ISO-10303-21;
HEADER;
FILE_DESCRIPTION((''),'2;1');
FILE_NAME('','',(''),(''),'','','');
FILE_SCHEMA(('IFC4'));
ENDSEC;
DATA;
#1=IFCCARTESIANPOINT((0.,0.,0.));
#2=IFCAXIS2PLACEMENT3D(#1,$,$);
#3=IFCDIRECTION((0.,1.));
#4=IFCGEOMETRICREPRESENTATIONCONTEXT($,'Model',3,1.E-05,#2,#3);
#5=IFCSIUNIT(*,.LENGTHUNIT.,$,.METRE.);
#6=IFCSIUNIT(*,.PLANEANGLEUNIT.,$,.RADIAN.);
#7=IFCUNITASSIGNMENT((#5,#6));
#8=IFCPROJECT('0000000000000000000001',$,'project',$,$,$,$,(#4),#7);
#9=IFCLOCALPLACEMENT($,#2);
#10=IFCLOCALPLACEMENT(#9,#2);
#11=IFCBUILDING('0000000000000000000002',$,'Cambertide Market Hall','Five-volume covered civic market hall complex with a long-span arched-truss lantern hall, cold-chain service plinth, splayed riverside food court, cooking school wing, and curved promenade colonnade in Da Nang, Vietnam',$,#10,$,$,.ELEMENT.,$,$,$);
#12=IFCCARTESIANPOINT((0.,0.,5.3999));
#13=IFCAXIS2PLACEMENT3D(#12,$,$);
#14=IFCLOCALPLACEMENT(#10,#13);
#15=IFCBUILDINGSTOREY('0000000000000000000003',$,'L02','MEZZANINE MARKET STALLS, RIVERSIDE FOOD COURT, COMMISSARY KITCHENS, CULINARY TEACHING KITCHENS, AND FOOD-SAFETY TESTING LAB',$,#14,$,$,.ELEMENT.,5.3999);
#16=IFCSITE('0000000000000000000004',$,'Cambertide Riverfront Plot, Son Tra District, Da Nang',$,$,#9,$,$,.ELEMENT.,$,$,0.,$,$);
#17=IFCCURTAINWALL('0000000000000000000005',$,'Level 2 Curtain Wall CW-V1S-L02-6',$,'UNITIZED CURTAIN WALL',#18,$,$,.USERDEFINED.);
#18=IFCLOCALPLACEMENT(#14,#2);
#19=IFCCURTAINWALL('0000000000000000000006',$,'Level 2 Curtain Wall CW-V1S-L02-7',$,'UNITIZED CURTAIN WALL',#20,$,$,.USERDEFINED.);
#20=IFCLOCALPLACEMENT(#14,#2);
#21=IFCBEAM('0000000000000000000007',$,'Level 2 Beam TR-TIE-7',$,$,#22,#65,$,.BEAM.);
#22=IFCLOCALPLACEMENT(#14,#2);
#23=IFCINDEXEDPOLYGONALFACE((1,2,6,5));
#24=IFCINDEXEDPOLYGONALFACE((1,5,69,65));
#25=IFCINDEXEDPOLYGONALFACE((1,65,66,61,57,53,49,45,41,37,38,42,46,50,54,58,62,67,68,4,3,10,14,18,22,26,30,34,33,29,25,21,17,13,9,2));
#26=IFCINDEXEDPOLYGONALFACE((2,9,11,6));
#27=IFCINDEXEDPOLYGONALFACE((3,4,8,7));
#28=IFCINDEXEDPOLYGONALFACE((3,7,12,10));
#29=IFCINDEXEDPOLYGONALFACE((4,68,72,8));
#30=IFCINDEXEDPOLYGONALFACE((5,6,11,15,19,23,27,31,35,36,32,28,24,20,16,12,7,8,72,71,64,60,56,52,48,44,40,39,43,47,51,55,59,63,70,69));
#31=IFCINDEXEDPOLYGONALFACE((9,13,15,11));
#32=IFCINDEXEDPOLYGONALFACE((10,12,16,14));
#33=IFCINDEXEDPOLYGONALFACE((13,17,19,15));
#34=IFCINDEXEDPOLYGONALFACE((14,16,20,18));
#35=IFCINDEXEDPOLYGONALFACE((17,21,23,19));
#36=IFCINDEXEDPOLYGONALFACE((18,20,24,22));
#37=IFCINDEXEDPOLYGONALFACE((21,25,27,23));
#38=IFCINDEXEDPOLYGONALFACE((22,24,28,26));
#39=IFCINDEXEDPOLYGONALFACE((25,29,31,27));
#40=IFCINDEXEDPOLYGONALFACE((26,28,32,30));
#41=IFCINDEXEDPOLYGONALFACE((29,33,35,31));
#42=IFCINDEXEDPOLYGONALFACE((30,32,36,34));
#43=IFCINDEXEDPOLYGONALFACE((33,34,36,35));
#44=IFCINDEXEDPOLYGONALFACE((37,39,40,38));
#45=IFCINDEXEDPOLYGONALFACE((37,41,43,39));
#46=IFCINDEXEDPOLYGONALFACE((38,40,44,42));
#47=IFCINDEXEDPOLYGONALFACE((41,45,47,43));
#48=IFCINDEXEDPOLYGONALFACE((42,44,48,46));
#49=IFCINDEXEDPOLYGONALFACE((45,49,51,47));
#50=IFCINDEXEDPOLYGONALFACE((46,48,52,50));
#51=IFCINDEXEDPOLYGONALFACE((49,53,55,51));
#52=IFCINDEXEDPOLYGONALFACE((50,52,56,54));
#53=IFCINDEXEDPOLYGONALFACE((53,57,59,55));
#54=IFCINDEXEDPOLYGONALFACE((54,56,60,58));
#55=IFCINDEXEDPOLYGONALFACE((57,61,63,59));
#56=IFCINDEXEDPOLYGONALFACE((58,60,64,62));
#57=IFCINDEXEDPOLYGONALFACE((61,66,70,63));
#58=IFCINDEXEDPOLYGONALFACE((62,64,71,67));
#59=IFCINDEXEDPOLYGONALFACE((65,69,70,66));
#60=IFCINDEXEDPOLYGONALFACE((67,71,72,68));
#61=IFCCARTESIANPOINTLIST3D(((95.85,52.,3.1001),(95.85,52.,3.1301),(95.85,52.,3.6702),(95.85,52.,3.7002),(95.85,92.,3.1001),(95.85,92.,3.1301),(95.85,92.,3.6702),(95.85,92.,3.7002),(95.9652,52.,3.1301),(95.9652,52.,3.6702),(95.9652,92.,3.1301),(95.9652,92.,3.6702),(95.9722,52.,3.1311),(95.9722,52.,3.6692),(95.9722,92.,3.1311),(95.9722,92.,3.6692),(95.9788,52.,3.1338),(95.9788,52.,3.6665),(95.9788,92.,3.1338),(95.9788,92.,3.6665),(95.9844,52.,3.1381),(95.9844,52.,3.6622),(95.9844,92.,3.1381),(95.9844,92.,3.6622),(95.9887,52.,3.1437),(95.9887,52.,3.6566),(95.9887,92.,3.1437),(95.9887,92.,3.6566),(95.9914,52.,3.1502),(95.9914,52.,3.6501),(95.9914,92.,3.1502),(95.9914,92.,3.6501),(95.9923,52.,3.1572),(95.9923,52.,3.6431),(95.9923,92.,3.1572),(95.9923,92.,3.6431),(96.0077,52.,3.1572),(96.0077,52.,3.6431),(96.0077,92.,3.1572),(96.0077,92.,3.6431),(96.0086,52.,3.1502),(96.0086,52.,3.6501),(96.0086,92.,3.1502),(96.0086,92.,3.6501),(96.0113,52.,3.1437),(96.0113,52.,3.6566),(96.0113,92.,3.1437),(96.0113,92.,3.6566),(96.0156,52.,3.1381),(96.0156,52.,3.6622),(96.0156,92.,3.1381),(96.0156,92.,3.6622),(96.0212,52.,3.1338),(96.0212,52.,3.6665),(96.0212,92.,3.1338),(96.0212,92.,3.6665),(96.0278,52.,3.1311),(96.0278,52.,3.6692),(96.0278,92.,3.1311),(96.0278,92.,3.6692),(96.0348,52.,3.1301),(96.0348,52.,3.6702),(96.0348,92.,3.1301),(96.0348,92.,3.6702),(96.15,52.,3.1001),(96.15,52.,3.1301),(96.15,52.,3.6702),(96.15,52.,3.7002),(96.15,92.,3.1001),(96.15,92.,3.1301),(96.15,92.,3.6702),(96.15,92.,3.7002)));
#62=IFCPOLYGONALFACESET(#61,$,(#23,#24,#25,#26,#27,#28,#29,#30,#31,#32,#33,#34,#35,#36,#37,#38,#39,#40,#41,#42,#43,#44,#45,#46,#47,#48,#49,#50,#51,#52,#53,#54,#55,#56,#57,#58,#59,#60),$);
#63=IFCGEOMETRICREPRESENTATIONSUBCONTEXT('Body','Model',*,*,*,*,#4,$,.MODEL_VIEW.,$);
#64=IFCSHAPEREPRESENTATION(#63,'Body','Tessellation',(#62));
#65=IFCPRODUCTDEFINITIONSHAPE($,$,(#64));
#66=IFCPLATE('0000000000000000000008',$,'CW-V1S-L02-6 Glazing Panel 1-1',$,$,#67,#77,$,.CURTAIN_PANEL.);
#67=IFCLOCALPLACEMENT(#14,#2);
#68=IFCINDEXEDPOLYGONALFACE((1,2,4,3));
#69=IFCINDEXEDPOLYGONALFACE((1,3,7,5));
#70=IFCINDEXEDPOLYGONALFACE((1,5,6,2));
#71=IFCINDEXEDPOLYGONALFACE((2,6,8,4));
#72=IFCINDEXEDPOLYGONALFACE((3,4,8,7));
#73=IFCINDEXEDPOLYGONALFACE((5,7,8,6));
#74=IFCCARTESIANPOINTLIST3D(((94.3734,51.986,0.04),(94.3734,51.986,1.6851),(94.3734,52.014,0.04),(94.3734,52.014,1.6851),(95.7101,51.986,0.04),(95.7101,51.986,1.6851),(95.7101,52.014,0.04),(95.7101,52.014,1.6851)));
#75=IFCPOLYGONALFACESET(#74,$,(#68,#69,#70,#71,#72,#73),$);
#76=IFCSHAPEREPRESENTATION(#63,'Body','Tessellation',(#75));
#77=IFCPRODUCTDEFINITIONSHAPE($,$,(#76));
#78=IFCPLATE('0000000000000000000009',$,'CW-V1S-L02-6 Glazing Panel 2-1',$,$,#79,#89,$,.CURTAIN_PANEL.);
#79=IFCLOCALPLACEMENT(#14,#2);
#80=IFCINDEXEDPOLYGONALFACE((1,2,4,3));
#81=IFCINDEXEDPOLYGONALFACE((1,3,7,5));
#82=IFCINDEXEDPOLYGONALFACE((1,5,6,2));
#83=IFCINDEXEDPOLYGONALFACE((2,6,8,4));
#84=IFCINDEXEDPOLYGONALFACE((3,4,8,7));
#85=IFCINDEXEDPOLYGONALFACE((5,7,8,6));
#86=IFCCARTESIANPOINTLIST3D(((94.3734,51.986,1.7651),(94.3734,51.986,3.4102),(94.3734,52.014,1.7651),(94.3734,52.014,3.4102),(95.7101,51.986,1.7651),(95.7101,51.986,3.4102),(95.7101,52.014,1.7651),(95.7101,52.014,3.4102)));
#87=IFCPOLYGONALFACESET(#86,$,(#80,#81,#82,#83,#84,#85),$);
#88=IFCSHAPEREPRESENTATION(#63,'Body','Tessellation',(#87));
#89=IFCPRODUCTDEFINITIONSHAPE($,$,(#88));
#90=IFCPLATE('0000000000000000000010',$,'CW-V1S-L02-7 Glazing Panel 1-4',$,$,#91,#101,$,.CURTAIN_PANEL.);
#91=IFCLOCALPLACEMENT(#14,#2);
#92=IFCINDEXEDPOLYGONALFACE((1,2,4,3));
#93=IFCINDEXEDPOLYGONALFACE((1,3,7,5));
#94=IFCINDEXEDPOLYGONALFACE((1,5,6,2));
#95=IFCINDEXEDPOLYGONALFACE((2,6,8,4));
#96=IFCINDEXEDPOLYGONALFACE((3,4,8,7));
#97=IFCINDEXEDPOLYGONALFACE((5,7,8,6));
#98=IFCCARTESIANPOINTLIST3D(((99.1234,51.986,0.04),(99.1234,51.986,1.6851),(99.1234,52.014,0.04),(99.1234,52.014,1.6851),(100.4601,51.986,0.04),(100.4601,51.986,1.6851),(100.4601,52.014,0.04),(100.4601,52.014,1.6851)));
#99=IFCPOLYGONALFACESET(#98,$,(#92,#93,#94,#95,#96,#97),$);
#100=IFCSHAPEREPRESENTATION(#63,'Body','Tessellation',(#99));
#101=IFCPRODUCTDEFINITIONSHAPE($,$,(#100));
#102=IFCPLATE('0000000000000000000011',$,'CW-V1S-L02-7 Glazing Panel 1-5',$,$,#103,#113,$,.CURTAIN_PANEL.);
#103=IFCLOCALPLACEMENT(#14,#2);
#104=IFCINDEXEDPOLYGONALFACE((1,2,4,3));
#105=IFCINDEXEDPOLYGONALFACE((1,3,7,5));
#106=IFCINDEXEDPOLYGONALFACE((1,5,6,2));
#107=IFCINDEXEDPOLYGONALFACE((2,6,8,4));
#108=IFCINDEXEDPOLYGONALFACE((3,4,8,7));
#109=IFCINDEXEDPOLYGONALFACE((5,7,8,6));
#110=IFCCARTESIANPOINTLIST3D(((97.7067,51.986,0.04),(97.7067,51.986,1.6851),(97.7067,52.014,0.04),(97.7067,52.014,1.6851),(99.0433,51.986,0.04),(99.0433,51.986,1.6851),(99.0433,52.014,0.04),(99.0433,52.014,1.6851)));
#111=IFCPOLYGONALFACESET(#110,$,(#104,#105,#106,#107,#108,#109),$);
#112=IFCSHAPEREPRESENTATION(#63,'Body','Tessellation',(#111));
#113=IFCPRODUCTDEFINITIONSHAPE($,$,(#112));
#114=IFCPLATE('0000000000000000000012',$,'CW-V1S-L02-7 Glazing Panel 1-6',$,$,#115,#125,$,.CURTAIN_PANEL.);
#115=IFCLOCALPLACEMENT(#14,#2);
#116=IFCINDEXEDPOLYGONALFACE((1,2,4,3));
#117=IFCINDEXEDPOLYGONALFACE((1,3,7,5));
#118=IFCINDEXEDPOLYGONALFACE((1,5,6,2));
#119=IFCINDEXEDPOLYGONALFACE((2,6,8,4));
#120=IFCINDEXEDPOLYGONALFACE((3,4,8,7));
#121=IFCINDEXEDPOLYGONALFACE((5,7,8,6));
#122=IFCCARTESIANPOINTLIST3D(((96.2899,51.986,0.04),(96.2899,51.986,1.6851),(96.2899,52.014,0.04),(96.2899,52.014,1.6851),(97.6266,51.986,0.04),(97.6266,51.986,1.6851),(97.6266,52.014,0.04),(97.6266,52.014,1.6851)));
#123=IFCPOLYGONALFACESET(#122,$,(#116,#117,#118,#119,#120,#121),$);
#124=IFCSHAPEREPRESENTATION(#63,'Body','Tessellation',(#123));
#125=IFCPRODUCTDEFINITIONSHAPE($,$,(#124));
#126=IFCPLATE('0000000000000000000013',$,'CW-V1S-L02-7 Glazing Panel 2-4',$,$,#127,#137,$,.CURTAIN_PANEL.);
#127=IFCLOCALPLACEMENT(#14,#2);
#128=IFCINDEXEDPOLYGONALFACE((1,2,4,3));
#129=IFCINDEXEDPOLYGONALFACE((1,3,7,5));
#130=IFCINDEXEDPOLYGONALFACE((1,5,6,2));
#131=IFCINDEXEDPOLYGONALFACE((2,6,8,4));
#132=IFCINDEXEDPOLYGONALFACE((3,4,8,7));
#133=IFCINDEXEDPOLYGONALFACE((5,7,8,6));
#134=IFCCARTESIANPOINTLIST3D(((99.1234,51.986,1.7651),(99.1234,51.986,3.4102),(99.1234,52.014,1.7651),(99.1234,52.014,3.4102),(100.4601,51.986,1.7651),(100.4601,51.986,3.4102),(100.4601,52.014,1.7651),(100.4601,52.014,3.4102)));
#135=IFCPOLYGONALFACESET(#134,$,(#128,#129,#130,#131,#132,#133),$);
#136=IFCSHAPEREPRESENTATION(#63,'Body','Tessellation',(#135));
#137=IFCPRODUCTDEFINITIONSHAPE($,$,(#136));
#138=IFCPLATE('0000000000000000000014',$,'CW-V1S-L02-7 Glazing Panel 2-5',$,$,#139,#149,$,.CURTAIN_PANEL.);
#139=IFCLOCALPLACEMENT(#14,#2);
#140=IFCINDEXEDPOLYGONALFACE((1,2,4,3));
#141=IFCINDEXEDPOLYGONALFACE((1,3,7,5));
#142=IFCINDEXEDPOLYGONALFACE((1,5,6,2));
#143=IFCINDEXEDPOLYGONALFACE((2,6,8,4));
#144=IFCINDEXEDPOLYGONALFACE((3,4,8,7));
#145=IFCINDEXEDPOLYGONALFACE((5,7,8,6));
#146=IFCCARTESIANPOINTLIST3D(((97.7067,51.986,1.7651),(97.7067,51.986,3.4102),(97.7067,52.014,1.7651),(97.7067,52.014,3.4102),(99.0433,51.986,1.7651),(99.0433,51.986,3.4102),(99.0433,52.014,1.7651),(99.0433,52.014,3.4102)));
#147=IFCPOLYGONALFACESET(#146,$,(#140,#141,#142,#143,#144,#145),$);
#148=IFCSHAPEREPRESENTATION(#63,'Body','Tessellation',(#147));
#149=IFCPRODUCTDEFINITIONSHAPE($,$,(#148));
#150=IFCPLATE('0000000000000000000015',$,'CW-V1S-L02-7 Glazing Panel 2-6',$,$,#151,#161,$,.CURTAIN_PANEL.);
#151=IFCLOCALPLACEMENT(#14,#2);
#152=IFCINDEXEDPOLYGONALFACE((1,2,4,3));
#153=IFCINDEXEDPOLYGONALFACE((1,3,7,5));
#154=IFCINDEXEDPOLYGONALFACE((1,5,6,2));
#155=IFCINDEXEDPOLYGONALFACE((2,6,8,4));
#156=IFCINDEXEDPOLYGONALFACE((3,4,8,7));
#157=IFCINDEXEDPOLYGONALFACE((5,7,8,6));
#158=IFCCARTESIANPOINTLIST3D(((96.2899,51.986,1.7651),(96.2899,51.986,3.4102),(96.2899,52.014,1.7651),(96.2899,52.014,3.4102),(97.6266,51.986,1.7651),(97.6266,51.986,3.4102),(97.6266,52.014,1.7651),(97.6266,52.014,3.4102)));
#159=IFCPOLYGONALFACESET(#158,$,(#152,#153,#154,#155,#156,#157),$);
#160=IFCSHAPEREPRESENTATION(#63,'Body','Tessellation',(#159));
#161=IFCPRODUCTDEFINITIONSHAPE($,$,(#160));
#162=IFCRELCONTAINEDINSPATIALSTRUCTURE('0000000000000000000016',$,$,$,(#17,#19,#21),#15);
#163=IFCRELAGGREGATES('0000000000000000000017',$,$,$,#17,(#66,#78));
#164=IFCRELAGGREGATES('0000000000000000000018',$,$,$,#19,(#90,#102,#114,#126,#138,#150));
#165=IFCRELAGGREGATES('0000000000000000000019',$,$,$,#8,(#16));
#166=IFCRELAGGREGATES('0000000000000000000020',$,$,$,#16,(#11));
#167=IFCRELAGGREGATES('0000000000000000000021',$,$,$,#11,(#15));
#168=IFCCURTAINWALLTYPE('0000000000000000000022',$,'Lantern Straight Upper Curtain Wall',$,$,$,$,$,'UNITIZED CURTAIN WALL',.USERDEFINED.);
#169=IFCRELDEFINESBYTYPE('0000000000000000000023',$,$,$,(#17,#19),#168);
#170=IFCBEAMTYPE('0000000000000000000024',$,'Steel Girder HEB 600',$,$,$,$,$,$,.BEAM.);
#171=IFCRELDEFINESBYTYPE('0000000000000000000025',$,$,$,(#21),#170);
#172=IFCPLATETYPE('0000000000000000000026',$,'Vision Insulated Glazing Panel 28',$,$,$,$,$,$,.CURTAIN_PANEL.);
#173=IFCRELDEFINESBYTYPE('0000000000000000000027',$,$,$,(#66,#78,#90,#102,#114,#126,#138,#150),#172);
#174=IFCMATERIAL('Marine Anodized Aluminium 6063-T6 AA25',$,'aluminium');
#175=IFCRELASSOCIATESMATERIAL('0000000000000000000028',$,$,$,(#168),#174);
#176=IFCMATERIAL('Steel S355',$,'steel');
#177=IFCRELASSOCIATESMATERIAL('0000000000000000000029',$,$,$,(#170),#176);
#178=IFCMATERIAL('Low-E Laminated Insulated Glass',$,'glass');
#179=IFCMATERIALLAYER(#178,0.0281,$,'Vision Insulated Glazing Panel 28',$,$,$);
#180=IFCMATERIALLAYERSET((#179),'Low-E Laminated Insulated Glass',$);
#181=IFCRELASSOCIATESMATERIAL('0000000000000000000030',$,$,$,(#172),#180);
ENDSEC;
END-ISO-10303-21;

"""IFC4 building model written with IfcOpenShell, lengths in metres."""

from ifc_helpers import new_model, si_unit, direction, frame, origin, origin_2d, place, context, subcontext, project, spatial, rectangle, i_section, extrude, material, layer, layer_set, material_profile, profile_set, type_object, element, aggregate, save


model = new_model("IFC4")

# Units and contexts
model_context = context("Model", 3, precision=1e-05, world=origin(), true_north=direction((0.0, 1.0)))
body_context = subcontext(model_context, "Body", "Model", "MODEL_VIEW")
ifc_project = project(units=[si_unit("LENGTHUNIT", "METRE"), si_unit("PLANEANGLEUNIT", "RADIAN")], contexts=[model_context])

# Site, building, storey
site_placement = place(None, origin())
site = spatial("IfcSite", under=ifc_project, at=site_placement, Name="Cambertide Riverfront Plot, Son Tra District, Da Nang", CompositionType="ELEMENT", RefElevation=0.0)
building_placement = place(site_placement, origin())
building = spatial("IfcBuilding", under=site, at=building_placement, Name="Cambertide Market Hall", Description="Five-volume covered civic market hall complex with a long-span arched-truss lantern hall, cold-chain service plinth, splayed riverside food court, cooking school wing, and curved promenade colonnade in Da Nang, Vietnam", CompositionType="ELEMENT")
storey_placement = place(building_placement, frame((0.0, 0.0, 5.3999)))
storey = spatial("IfcBuildingStorey", under=building, at=storey_placement, Name="L02", Description="MEZZANINE MARKET STALLS, RIVERSIDE FOOD COURT, COMMISSARY KITCHENS, CULINARY TEACHING KITCHENS, AND FOOD-SAFETY TESTING LAB", CompositionType="ELEMENT", Elevation=5.3999)

# Curtain walls
ifc_material_1 = material(Name="Marine Anodized Aluminium 6063-T6 AA25", Category="aluminium")
curtain_wall_type = type_object("IfcCurtainWallType", Name="Lantern Straight Upper Curtain Wall", ElementType="UNITIZED CURTAIN WALL", PredefinedType="USERDEFINED", material=ifc_material_1)
curtain_wall_1_placement = place(storey_placement, origin())
curtain_wall_1 = element("IfcCurtainWall", 1, at=curtain_wall_1_placement, inside=storey, type_object=curtain_wall_type, Name="Level 2 Curtain Wall CW-V1S-L02-6", ObjectType="UNITIZED CURTAIN WALL", PredefinedType="USERDEFINED")
curtain_wall_2_placement = place(storey_placement, origin())
curtain_wall_2 = element("IfcCurtainWall", 2, at=curtain_wall_2_placement, inside=storey, type_object=curtain_wall_type, Name="Level 2 Curtain Wall CW-V1S-L02-7", ObjectType="UNITIZED CURTAIN WALL", PredefinedType="USERDEFINED")

# Beam
ifc_material_2 = material(Name="Steel S355", Category="steel")
ifc_material_profile_1 = material_profile(ifc_material_2, i_section(OverallWidth=0.3, OverallDepth=0.6001, WebThickness=0.0154, FlangeThickness=0.03, FilletRadius=0.0271, at=origin_2d()), Name="HEB 600")
ifc_profile_set_1 = profile_set([ifc_material_profile_1], Name="Steel S355")
beam_type_1 = type_object("IfcBeamType", Name="Steel Girder HEB 600", PredefinedType="BEAM", material=ifc_profile_set_1)
beam_1_placement = place(storey_placement, frame((96.0, 52.0, 3.4001), z_axis=(0.0, 1.0, 0.0), x_axis=(-1.0, 0.0, 0.0)))
element("IfcBeam", 3, at=beam_1_placement, inside=storey, type_object=beam_type_1, Name="Level 2 Beam TR-TIE-7", PredefinedType="BEAM", context=body_context, shape_type="SweptSolid", body=[
    extrude(i_section(OverallWidth=0.3, OverallDepth=0.6001, WebThickness=0.0154, FlangeThickness=0.03, FilletRadius=0.0271, at=origin_2d()), origin(), (0.0, 0.0, 1.0), 40.0),
])

# Plates
ifc_material_3 = material(Name="Low-E Laminated Insulated Glass", Category="glass")
ifc_layer = layer(ifc_material_3, 0.0281, Name="Vision Insulated Glazing Panel 28")
ifc_layer_set = layer_set([ifc_layer], Name="Low-E Laminated Insulated Glass")
plate_type = type_object("IfcPlateType", Name="Vision Insulated Glazing Panel 28", PredefinedType="CURTAIN_PANEL", material=ifc_layer_set)
plate_1_placement = place(storey_placement, frame((95.0417, 52.0, 0.04), z_axis=(0.0, 0.0, 1.0), x_axis=(-1.0, 0.0, 0.0)))
plate_1 = element("IfcPlate", 4, at=plate_1_placement, type_object=plate_type, Name="CW-V1S-L02-6 Glazing Panel 1-1", PredefinedType="CURTAIN_PANEL", context=body_context, shape_type="SweptSolid", body=[
    extrude(rectangle(XDim=1.3367, YDim=0.0281, at=origin_2d()), origin(), (0.0, 0.0, 1.0), 1.645),
])
plate_2_placement = place(storey_placement, frame((95.0417, 52.0, 1.7651), z_axis=(0.0, 0.0, 1.0), x_axis=(-1.0, 0.0, 0.0)))
plate_2 = element("IfcPlate", 5, at=plate_2_placement, type_object=plate_type, Name="CW-V1S-L02-6 Glazing Panel 2-1", PredefinedType="CURTAIN_PANEL", context=body_context, shape_type="SweptSolid", body=[
    extrude(rectangle(XDim=1.3367, YDim=0.0281, at=origin_2d()), origin(), (0.0, 0.0, 1.0), 1.645),
])
aggregate(curtain_wall_1, [plate_1, plate_2])
plate_3_placement = place(storey_placement, frame((99.7917, 52.0, 0.04), z_axis=(0.0, 0.0, 1.0), x_axis=(-1.0, 0.0, 0.0)))
plate_3 = element("IfcPlate", 6, at=plate_3_placement, type_object=plate_type, Name="CW-V1S-L02-7 Glazing Panel 1-4", PredefinedType="CURTAIN_PANEL", context=body_context, shape_type="SweptSolid", body=[
    extrude(rectangle(XDim=1.3367, YDim=0.0281, at=origin_2d()), origin(), (0.0, 0.0, 1.0), 1.645),
])
plate_4_placement = place(storey_placement, frame((98.375, 52.0, 0.04), z_axis=(0.0, 0.0, 1.0), x_axis=(-1.0, 0.0, 0.0)))
plate_4 = element("IfcPlate", 7, at=plate_4_placement, type_object=plate_type, Name="CW-V1S-L02-7 Glazing Panel 1-5", PredefinedType="CURTAIN_PANEL", context=body_context, shape_type="SweptSolid", body=[
    extrude(rectangle(XDim=1.3367, YDim=0.0281, at=origin_2d()), origin(), (0.0, 0.0, 1.0), 1.645),
])
plate_5_placement = place(storey_placement, frame((96.9583, 52.0, 0.04), z_axis=(0.0, 0.0, 1.0), x_axis=(-1.0, 0.0, 0.0)))
plate_5 = element("IfcPlate", 8, at=plate_5_placement, type_object=plate_type, Name="CW-V1S-L02-7 Glazing Panel 1-6", PredefinedType="CURTAIN_PANEL", context=body_context, shape_type="SweptSolid", body=[
    extrude(rectangle(XDim=1.3367, YDim=0.0281, at=origin_2d()), origin(), (0.0, 0.0, 1.0), 1.645),
])
plate_6_placement = place(storey_placement, frame((99.7917, 52.0, 1.7651), z_axis=(0.0, 0.0, 1.0), x_axis=(-1.0, 0.0, 0.0)))
plate_6 = element("IfcPlate", 9, at=plate_6_placement, type_object=plate_type, Name="CW-V1S-L02-7 Glazing Panel 2-4", PredefinedType="CURTAIN_PANEL", context=body_context, shape_type="SweptSolid", body=[
    extrude(rectangle(XDim=1.3367, YDim=0.0281, at=origin_2d()), origin(), (0.0, 0.0, 1.0), 1.645),
])
plate_7_placement = place(storey_placement, frame((98.375, 52.0, 1.7651), z_axis=(0.0, 0.0, 1.0), x_axis=(-1.0, 0.0, 0.0)))
plate_7 = element("IfcPlate", 10, at=plate_7_placement, type_object=plate_type, Name="CW-V1S-L02-7 Glazing Panel 2-5", PredefinedType="CURTAIN_PANEL", context=body_context, shape_type="SweptSolid", body=[
    extrude(rectangle(XDim=1.3367, YDim=0.0281, at=origin_2d()), origin(), (0.0, 0.0, 1.0), 1.645),
])
plate_8_placement = place(storey_placement, frame((96.9583, 52.0, 1.7651), z_axis=(0.0, 0.0, 1.0), x_axis=(-1.0, 0.0, 0.0)))
plate_8 = element("IfcPlate", 11, at=plate_8_placement, type_object=plate_type, Name="CW-V1S-L02-7 Glazing Panel 2-6", PredefinedType="CURTAIN_PANEL", context=body_context, shape_type="SweptSolid", body=[
    extrude(rectangle(XDim=1.3367, YDim=0.0281, at=origin_2d()), origin(), (0.0, 0.0, 1.0), 1.645),
])
aggregate(curtain_wall_2, [plate_3, plate_4, plate_5, plate_6, plate_7, plate_8])

save(model, "model.ifc")
